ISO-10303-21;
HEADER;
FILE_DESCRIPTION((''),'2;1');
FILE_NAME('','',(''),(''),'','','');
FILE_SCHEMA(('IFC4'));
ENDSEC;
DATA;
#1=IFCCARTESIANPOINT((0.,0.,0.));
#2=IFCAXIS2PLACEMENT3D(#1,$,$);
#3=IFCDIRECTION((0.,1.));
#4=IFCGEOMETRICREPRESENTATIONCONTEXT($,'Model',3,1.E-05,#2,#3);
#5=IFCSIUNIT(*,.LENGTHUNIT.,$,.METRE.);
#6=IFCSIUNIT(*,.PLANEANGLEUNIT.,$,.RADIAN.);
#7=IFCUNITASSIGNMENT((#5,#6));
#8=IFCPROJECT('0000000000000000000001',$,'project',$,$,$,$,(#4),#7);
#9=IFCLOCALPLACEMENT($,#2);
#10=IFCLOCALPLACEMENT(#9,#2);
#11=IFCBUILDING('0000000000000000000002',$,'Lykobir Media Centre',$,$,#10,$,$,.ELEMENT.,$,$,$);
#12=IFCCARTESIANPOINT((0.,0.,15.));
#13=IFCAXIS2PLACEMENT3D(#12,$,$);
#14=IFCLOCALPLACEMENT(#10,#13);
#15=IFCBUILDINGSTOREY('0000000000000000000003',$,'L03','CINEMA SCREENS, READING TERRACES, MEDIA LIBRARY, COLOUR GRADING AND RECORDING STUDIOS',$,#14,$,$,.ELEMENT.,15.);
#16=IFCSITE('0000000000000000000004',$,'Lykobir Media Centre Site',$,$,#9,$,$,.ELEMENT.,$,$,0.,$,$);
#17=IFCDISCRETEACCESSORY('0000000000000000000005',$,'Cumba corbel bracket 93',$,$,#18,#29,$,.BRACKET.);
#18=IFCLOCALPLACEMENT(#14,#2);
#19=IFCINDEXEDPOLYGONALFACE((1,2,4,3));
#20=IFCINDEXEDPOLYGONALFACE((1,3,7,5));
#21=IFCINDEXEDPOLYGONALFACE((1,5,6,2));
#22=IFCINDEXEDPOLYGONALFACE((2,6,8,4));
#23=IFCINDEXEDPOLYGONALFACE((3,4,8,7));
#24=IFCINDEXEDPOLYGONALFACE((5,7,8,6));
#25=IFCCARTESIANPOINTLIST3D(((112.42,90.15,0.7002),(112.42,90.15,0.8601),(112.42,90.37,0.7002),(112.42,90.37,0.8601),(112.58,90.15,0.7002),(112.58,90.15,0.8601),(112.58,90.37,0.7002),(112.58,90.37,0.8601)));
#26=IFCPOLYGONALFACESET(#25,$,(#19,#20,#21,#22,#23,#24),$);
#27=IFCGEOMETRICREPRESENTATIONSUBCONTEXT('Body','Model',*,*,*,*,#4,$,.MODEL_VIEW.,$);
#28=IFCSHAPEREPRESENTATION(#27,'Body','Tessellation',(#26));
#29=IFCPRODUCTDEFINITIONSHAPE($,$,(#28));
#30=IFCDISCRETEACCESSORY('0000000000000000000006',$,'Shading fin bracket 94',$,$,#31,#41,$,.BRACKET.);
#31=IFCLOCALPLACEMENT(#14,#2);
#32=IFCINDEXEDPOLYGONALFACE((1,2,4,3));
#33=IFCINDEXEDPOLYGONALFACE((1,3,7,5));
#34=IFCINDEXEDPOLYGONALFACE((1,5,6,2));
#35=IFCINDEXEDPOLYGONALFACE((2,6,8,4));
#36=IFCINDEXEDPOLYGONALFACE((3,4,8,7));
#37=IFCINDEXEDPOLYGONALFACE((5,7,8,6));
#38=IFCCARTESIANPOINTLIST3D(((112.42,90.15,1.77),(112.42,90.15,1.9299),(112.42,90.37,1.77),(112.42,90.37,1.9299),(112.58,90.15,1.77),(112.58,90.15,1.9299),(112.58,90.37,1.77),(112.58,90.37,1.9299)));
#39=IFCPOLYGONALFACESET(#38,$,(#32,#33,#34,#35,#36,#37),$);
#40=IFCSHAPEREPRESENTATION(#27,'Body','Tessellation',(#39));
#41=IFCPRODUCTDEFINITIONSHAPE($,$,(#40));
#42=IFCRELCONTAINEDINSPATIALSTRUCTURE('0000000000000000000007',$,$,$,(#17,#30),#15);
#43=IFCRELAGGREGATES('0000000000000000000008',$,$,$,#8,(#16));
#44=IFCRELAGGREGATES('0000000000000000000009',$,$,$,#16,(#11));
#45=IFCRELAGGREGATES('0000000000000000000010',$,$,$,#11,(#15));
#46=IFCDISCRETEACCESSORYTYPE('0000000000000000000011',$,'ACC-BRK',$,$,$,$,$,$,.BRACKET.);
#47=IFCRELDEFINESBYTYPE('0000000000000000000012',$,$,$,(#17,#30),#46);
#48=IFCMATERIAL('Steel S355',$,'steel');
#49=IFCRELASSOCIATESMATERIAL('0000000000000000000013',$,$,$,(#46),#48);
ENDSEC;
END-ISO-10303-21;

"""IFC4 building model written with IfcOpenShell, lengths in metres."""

from ifc_helpers import new_model, si_unit, direction, frame, origin, origin_2d, place, context, subcontext, project, spatial, rectangle, extrude, material, type_object, element, save


model = new_model("IFC4")

# Units and contexts
model_context = context("Model", 3, precision=1e-05, world=origin(), true_north=direction((0.0, 1.0)))
body_context = subcontext(model_context, "Body", "Model", "MODEL_VIEW")
ifc_project = project(units=[si_unit("LENGTHUNIT", "METRE"), si_unit("PLANEANGLEUNIT", "RADIAN")], contexts=[model_context])

# Site, building, storey
site_placement = place(None, origin())
site = spatial("IfcSite", under=ifc_project, at=site_placement, Name="Lykobir Media Centre Site", CompositionType="ELEMENT", RefElevation=0.0)
building_placement = place(site_placement, origin())
building = spatial("IfcBuilding", under=site, at=building_placement, Name="Lykobir Media Centre", CompositionType="ELEMENT")
storey_placement = place(building_placement, frame((0.0, 0.0, 15.0)))
storey = spatial("IfcBuildingStorey", under=building, at=storey_placement, Name="L03", Description="CINEMA SCREENS, READING TERRACES, MEDIA LIBRARY, COLOUR GRADING AND RECORDING STUDIOS", CompositionType="ELEMENT", Elevation=15.0)

# Shared definitions
ifc_material_1 = material(Name="Steel S355", Category="steel")

# Discrete accessories
discrete_accessory_type = type_object("IfcDiscreteAccessoryType", Name="ACC-BRK", PredefinedType="BRACKET", material=ifc_material_1)
for number, where, z_axis, x_axis, name in (
    (1, (112.5, 90.26, 0.7002), (0.0, 0.0, 1.0), (-1.0, 0.0, 0.0), "Cumba corbel bracket 93"),
    (2, (112.5, 90.26, 1.77), (0.0, 0.0, 1.0), (-1.0, 0.0, 0.0), "Shading fin bracket 94"),
):
    element("IfcDiscreteAccessory", number, at=place(storey_placement, frame(where, z_axis=z_axis, x_axis=x_axis)), inside=storey, type_object=discrete_accessory_type, Name=name, PredefinedType="BRACKET", context=body_context, shape_type="SweptSolid", body=[
        extrude(rectangle(XDim=0.1599, YDim=0.22, at=origin_2d()), origin(), (0.0, 0.0, 1.0), 0.1599),
    ])

save(model, "model.ifc")
